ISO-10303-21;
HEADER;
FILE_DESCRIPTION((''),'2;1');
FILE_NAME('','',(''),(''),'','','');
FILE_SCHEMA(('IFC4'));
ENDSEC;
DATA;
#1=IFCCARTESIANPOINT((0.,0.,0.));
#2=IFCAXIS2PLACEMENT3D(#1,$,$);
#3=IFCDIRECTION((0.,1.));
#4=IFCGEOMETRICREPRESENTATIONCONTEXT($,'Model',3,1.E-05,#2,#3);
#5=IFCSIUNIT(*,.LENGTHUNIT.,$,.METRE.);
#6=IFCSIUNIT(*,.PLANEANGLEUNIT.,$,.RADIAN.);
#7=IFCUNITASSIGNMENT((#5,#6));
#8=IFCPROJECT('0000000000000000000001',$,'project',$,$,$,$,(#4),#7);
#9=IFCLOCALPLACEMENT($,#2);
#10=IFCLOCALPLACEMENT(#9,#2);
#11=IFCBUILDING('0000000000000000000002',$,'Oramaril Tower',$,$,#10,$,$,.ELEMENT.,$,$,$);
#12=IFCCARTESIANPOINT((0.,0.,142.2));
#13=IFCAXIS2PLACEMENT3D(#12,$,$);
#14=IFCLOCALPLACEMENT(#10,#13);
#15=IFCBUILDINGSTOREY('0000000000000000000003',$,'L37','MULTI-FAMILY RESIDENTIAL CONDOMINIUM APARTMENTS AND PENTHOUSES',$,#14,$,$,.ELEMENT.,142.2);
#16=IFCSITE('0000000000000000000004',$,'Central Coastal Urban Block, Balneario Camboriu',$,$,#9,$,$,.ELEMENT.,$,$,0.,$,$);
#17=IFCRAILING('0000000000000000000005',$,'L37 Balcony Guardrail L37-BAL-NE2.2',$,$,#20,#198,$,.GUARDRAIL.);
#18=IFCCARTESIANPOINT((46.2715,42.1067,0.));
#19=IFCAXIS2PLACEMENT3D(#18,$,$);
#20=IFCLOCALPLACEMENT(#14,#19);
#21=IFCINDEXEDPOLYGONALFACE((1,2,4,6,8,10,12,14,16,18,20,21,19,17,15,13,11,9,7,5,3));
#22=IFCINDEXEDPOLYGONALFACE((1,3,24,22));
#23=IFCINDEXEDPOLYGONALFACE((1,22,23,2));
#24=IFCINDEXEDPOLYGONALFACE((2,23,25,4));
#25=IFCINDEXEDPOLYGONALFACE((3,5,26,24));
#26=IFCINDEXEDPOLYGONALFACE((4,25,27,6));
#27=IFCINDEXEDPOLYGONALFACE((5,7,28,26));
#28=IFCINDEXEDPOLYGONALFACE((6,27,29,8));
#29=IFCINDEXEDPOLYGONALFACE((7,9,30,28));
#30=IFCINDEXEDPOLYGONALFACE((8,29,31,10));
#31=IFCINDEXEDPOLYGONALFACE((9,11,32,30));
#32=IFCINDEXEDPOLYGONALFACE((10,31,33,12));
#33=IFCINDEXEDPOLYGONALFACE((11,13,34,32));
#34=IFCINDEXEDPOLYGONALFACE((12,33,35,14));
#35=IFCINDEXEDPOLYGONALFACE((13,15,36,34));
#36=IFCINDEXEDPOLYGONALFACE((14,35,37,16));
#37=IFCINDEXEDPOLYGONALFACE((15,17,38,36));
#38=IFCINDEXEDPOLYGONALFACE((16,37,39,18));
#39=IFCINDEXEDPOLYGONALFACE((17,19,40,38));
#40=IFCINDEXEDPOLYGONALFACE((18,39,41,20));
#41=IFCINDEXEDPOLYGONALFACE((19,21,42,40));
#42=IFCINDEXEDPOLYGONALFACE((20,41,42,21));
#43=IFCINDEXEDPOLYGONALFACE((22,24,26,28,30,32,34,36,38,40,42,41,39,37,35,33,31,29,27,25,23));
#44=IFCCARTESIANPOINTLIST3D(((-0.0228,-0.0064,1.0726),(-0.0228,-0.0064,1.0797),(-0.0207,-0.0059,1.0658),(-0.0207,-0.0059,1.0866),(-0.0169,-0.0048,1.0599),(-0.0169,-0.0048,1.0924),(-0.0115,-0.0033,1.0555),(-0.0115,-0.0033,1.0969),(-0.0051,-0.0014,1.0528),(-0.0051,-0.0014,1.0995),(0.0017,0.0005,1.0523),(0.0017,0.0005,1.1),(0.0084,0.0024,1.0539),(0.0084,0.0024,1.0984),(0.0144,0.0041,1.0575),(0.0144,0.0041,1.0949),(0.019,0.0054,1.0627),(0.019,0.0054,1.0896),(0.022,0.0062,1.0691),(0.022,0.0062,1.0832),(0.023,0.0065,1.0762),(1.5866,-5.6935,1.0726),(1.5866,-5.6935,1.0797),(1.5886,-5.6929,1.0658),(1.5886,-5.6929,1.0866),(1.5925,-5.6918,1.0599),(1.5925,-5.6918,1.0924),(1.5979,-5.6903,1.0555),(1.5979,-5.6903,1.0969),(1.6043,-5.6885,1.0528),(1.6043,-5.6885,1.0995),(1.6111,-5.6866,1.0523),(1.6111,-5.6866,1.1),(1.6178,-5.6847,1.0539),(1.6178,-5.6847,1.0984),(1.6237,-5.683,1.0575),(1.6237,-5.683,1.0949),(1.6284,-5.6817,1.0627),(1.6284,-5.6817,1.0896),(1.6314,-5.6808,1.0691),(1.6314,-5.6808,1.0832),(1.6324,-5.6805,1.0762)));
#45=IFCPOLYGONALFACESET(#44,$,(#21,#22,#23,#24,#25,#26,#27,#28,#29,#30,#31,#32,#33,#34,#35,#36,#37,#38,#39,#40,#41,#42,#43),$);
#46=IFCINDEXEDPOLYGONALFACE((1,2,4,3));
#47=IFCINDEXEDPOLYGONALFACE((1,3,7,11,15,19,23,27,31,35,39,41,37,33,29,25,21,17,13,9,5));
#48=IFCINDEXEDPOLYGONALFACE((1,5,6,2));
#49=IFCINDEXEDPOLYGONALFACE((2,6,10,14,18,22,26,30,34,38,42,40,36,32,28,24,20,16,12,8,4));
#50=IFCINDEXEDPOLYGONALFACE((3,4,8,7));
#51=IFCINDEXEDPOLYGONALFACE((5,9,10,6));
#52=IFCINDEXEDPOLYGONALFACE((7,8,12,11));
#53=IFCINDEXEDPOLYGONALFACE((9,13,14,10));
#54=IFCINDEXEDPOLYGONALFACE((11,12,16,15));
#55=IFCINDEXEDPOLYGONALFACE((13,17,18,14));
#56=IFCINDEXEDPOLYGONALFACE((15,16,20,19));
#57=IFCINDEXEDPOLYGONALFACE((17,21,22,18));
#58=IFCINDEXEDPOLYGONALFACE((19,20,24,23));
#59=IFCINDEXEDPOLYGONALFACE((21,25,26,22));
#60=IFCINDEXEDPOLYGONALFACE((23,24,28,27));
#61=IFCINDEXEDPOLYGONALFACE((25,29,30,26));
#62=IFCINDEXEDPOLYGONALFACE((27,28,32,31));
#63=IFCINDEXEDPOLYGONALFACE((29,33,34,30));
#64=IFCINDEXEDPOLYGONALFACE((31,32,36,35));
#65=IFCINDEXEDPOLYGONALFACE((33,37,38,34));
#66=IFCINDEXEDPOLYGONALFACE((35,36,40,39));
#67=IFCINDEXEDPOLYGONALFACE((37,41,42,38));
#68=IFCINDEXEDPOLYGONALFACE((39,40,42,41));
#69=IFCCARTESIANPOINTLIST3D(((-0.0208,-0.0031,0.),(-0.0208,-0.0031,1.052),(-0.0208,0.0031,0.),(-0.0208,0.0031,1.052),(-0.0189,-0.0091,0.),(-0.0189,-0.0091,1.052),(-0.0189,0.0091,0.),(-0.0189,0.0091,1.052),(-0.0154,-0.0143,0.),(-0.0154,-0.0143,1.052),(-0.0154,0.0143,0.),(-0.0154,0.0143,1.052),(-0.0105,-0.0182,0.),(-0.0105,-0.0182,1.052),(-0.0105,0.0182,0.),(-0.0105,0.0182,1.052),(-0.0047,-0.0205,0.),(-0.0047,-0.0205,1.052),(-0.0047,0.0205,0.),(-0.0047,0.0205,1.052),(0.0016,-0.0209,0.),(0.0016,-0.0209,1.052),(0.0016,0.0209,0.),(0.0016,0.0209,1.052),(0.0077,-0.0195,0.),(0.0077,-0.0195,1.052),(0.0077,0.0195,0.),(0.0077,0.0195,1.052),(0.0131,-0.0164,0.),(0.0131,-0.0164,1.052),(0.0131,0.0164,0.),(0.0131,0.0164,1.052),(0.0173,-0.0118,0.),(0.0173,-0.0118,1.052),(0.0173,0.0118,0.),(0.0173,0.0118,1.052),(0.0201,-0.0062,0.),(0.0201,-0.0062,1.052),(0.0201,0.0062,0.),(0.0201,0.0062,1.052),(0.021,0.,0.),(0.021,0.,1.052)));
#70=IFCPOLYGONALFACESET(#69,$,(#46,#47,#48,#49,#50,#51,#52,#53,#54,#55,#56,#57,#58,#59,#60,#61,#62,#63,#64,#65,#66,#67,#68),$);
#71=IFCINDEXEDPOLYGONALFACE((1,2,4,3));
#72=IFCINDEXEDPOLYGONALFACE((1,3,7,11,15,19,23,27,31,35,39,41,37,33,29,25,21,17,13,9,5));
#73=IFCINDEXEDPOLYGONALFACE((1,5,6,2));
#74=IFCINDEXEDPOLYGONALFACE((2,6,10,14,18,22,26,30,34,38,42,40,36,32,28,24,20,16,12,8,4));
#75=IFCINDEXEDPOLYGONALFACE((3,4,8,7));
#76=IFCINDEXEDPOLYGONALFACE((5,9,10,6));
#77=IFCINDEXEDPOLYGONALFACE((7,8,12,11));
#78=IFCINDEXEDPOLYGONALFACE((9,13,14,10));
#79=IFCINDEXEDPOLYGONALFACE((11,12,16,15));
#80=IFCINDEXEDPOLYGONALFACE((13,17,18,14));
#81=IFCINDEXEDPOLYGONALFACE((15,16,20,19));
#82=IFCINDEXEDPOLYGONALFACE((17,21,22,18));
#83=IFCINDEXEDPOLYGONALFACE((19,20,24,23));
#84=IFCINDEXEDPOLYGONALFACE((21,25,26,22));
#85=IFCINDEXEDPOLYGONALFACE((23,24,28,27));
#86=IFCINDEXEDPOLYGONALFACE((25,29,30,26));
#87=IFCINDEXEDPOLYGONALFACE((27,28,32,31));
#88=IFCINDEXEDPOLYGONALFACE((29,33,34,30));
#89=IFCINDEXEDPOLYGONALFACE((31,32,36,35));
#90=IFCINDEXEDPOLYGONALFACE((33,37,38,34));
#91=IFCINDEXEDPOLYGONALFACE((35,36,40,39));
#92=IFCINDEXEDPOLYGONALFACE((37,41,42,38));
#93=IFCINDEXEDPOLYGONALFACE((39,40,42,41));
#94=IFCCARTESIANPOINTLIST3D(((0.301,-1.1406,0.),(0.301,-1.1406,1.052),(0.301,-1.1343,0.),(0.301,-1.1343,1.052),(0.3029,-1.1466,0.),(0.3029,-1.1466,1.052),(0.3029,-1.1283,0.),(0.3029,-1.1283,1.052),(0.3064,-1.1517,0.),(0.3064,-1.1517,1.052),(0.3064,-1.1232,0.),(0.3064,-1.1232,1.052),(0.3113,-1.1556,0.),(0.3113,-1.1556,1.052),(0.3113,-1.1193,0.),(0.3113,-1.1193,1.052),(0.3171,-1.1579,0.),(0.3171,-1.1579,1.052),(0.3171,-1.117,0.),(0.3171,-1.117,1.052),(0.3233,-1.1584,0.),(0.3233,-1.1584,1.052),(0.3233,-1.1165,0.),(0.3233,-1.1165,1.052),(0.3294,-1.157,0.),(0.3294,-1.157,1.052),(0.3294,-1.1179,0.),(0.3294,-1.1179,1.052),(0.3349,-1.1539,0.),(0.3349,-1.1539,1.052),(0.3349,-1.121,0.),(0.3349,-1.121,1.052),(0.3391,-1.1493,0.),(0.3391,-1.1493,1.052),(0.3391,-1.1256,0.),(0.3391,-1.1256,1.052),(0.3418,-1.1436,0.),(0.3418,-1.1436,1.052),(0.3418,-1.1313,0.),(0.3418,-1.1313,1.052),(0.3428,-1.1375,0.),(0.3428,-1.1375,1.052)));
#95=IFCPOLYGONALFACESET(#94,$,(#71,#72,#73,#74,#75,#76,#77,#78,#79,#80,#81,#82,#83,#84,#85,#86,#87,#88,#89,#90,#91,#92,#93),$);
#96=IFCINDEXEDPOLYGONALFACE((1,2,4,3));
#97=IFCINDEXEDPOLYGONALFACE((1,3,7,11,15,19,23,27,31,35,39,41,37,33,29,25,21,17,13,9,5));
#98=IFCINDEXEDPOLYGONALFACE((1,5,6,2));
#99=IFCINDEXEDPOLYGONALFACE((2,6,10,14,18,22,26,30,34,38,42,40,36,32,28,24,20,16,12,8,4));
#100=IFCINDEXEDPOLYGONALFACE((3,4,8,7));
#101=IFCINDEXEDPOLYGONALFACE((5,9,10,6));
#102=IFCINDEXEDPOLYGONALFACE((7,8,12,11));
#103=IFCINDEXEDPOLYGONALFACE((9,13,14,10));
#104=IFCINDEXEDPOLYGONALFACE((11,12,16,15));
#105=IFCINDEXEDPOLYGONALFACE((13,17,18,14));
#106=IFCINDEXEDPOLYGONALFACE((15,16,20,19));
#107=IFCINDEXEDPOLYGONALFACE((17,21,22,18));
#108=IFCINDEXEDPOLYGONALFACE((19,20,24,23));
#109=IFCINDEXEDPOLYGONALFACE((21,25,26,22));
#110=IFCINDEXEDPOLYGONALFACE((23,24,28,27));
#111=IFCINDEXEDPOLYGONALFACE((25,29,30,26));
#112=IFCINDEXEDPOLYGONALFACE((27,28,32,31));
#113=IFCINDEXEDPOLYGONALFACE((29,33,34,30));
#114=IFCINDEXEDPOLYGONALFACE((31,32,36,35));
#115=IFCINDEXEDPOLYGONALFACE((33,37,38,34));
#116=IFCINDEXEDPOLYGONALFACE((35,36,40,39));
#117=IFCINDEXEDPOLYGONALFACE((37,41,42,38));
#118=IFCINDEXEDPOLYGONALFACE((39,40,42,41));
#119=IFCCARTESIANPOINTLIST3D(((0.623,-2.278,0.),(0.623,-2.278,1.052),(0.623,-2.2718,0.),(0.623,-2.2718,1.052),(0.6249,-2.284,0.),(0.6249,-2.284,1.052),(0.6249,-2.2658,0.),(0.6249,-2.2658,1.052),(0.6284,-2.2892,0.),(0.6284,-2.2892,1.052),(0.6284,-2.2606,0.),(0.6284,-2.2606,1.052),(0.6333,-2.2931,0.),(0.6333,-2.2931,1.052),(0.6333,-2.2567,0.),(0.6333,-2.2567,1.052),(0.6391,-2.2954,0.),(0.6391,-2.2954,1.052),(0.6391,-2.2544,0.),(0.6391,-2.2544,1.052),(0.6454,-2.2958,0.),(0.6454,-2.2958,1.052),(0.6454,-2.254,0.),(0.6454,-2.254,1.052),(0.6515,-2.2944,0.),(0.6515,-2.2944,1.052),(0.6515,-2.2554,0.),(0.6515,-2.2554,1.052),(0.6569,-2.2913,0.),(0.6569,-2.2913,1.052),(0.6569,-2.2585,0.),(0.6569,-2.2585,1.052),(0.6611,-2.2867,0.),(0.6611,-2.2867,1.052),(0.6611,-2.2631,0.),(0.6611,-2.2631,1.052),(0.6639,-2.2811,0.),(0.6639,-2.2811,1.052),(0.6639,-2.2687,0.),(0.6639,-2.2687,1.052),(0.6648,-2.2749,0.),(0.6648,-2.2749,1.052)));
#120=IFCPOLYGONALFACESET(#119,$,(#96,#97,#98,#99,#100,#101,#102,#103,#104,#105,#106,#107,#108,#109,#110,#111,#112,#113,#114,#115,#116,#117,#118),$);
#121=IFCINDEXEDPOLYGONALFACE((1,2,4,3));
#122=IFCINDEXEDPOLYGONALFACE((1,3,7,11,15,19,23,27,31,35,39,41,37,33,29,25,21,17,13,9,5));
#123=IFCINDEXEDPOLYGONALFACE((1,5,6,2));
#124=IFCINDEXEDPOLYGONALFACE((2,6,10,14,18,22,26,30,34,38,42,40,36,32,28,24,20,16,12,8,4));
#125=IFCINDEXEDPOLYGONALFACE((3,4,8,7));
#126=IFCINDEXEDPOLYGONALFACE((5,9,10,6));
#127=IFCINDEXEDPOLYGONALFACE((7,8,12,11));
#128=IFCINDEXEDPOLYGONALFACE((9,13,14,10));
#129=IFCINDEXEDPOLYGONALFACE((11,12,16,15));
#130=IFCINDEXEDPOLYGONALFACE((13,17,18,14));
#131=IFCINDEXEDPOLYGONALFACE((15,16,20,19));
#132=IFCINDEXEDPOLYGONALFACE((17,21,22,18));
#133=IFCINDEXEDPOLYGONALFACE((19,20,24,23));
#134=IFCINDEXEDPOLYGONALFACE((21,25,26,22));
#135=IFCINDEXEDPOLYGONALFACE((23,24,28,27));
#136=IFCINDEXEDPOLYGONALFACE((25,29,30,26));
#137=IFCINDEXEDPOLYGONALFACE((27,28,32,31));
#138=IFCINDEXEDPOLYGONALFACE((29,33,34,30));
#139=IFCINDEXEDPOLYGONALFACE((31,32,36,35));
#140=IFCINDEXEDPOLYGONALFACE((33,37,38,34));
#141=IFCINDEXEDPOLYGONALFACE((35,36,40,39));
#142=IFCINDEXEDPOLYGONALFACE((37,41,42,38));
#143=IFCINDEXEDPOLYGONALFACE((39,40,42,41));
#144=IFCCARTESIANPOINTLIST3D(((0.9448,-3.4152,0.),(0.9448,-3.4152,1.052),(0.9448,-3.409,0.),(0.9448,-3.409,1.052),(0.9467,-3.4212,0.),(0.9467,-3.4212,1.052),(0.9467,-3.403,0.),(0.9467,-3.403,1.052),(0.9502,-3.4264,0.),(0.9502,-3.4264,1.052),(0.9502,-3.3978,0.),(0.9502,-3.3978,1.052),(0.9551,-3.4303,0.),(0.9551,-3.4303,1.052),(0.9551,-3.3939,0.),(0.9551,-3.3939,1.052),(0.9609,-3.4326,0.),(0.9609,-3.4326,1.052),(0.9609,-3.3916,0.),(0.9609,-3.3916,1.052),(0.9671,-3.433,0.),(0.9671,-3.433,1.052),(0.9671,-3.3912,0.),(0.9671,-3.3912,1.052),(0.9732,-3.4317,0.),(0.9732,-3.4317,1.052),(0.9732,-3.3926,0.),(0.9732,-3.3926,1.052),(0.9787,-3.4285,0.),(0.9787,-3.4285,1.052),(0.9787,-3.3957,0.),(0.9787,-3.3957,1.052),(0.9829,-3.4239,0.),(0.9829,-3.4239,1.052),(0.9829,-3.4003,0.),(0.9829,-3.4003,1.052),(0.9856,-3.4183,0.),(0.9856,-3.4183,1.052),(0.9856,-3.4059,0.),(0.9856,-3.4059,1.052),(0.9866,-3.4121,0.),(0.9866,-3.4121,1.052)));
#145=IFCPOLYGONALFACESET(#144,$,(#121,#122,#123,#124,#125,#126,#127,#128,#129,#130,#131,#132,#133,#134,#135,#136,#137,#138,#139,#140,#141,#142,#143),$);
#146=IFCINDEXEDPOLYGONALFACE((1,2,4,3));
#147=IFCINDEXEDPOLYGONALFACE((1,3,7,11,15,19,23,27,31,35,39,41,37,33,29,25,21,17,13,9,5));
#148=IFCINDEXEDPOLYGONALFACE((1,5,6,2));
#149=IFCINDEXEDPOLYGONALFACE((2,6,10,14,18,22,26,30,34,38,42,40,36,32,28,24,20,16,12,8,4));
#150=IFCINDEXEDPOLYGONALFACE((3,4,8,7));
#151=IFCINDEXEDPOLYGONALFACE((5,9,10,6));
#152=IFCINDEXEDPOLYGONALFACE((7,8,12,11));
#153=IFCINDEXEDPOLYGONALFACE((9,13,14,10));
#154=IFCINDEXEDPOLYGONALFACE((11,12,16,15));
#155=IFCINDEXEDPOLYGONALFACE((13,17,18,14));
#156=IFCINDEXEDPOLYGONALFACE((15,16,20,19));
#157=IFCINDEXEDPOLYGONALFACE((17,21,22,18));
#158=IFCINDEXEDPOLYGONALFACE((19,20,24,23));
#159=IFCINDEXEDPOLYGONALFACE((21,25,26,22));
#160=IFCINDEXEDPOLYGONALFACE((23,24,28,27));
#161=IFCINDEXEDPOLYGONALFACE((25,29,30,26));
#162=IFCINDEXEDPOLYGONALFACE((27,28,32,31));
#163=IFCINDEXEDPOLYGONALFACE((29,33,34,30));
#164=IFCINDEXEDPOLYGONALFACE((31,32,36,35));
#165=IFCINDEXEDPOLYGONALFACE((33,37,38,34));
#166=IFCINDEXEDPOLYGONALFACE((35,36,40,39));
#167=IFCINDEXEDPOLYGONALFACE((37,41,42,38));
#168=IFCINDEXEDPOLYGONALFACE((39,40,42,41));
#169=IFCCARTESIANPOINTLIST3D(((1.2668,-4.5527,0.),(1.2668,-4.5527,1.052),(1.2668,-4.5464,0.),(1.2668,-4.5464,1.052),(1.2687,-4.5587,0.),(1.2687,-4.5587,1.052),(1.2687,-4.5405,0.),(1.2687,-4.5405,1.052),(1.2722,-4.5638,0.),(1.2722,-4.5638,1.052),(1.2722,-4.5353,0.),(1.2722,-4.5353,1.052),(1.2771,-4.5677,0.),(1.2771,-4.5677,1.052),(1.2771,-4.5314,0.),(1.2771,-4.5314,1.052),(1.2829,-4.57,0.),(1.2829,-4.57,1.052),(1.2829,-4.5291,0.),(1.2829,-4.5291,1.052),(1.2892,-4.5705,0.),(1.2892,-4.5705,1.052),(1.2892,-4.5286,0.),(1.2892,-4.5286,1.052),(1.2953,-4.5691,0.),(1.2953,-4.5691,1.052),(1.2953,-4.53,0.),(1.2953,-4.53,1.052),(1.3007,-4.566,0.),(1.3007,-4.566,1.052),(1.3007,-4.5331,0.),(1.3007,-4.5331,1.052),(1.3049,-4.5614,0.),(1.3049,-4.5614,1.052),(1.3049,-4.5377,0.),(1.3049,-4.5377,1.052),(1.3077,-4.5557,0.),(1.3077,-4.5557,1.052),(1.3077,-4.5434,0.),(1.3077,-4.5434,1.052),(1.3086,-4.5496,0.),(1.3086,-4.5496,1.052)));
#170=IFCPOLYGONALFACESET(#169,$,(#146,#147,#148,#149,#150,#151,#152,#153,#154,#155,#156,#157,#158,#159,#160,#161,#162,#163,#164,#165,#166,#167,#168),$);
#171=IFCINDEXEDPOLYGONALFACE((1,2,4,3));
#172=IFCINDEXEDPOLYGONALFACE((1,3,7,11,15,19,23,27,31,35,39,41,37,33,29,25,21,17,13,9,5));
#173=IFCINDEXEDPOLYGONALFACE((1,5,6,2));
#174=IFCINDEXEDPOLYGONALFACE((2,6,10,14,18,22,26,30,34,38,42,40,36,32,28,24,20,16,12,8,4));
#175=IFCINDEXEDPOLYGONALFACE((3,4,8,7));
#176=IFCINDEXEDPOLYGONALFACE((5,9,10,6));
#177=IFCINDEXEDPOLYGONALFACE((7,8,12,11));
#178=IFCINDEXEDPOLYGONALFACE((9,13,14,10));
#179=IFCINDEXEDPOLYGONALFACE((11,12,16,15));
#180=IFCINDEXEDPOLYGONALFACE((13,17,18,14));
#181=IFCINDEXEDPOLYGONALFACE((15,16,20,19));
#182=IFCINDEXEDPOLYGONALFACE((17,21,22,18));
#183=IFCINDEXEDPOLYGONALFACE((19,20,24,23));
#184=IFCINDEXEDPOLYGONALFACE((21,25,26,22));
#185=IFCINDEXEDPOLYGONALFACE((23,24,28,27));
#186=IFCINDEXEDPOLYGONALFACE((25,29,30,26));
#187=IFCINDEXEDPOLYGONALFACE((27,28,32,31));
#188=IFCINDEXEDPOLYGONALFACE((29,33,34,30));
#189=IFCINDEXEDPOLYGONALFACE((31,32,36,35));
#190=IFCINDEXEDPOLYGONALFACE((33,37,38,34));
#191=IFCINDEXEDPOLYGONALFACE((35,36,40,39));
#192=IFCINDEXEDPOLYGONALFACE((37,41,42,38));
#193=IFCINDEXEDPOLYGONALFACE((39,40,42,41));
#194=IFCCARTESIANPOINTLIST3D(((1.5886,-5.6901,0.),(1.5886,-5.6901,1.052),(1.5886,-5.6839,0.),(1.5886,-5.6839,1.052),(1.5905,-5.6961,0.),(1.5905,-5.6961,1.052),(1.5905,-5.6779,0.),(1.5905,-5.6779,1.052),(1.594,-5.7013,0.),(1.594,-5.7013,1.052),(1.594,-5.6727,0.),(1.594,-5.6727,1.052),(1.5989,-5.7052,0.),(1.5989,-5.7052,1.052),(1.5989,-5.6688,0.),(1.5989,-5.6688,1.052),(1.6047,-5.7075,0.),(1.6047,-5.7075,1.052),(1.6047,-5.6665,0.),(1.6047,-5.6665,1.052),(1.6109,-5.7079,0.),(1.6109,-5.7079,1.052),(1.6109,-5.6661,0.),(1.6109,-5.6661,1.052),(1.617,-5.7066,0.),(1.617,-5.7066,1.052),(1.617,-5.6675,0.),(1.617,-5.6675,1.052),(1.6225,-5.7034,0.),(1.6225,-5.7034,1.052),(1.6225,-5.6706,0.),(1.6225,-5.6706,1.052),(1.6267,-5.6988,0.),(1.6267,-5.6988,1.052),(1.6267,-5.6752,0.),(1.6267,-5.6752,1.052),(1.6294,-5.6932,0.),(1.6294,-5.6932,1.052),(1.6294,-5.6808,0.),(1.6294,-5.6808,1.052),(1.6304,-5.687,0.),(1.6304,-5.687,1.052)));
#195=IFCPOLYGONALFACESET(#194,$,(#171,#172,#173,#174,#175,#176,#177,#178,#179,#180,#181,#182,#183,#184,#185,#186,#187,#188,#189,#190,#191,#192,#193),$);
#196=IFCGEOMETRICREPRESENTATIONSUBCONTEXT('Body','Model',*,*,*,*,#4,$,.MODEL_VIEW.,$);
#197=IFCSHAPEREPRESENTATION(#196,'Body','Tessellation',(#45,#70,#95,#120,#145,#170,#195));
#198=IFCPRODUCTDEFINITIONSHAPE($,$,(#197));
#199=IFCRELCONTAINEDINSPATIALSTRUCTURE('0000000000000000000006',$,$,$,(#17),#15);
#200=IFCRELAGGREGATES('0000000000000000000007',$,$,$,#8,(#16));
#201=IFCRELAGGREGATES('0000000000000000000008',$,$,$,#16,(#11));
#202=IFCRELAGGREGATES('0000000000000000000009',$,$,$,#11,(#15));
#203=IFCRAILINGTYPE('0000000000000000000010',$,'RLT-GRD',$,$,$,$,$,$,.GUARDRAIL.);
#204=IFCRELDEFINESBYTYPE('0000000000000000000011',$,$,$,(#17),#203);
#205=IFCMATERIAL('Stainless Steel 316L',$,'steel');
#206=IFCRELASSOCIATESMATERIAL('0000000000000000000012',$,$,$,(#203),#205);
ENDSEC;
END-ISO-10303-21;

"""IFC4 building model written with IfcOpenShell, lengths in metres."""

from ifc_helpers import new_model, si_unit, direction, frame, origin, origin_2d, place, context, subcontext, project, spatial, circle, extrude, material, type_object, element, save


model = new_model("IFC4")

# Units and contexts
model_context = context("Model", 3, precision=1e-05, world=origin(), true_north=direction((0.0, 1.0)))
body_context = subcontext(model_context, "Body", "Model", "MODEL_VIEW")
ifc_project = project(units=[si_unit("LENGTHUNIT", "METRE"), si_unit("PLANEANGLEUNIT", "RADIAN")], contexts=[model_context])

# Site, building, storey
site_placement = place(None, origin())
site = spatial("IfcSite", under=ifc_project, at=site_placement, Name="Central Coastal Urban Block, Balneario Camboriu", CompositionType="ELEMENT", RefElevation=0.0)
building_placement = place(site_placement, origin())
building = spatial("IfcBuilding", under=site, at=building_placement, Name="Oramaril Tower", CompositionType="ELEMENT")
storey_placement = place(building_placement, frame((0.0, 0.0, 142.2)))
storey = spatial("IfcBuildingStorey", under=building, at=storey_placement, Name="L37", Description="MULTI-FAMILY RESIDENTIAL CONDOMINIUM APARTMENTS AND PENTHOUSES", CompositionType="ELEMENT", Elevation=142.2)

# Railing
ifc_material_1 = material(Name="Stainless Steel 316L", Category="steel")
railing_type = type_object("IfcRailingType", Name="RLT-GRD", PredefinedType="GUARDRAIL", material=ifc_material_1)
railing_1_placement = place(storey_placement, frame((46.2715, 42.1067, 0.0)))
element("IfcRailing", 1, at=railing_1_placement, inside=storey, type_object=railing_type, Name="L37 Balcony Guardrail L37-BAL-NE2.2", PredefinedType="GUARDRAIL", context=body_context, shape_type="SweptSolid", body=[
    extrude(circle(Radius=0.0239, at=origin_2d()), frame((0.0, 0.0, 1.0762), z_axis=(0.272298, -0.962213, 0.0), x_axis=(0.962213, 0.272298, 0.0)), (0.0, 0.0, 1.0), 5.9104),
    extrude(circle(Radius=0.021, at=origin_2d()), origin(), (0.0, 0.0, 1.0), 1.052),
    extrude(circle(Radius=0.021, at=origin_2d()), frame((0.3218, -1.1375, 0.0)), (0.0, 0.0, 1.0), 1.052),
    extrude(circle(Radius=0.021, at=origin_2d()), frame((0.6438, -2.2749, 0.0)), (0.0, 0.0, 1.0), 1.052),
    extrude(circle(Radius=0.021, at=origin_2d()), frame((0.9656, -3.4121, 0.0)), (0.0, 0.0, 1.0), 1.052),
    extrude(circle(Radius=0.021, at=origin_2d()), frame((1.2876, -4.5496, 0.0)), (0.0, 0.0, 1.0), 1.052),
    extrude(circle(Radius=0.021, at=origin_2d()), frame((1.6094, -5.687, 0.0)), (0.0, 0.0, 1.0), 1.052),
])

save(model, "model.ifc")
